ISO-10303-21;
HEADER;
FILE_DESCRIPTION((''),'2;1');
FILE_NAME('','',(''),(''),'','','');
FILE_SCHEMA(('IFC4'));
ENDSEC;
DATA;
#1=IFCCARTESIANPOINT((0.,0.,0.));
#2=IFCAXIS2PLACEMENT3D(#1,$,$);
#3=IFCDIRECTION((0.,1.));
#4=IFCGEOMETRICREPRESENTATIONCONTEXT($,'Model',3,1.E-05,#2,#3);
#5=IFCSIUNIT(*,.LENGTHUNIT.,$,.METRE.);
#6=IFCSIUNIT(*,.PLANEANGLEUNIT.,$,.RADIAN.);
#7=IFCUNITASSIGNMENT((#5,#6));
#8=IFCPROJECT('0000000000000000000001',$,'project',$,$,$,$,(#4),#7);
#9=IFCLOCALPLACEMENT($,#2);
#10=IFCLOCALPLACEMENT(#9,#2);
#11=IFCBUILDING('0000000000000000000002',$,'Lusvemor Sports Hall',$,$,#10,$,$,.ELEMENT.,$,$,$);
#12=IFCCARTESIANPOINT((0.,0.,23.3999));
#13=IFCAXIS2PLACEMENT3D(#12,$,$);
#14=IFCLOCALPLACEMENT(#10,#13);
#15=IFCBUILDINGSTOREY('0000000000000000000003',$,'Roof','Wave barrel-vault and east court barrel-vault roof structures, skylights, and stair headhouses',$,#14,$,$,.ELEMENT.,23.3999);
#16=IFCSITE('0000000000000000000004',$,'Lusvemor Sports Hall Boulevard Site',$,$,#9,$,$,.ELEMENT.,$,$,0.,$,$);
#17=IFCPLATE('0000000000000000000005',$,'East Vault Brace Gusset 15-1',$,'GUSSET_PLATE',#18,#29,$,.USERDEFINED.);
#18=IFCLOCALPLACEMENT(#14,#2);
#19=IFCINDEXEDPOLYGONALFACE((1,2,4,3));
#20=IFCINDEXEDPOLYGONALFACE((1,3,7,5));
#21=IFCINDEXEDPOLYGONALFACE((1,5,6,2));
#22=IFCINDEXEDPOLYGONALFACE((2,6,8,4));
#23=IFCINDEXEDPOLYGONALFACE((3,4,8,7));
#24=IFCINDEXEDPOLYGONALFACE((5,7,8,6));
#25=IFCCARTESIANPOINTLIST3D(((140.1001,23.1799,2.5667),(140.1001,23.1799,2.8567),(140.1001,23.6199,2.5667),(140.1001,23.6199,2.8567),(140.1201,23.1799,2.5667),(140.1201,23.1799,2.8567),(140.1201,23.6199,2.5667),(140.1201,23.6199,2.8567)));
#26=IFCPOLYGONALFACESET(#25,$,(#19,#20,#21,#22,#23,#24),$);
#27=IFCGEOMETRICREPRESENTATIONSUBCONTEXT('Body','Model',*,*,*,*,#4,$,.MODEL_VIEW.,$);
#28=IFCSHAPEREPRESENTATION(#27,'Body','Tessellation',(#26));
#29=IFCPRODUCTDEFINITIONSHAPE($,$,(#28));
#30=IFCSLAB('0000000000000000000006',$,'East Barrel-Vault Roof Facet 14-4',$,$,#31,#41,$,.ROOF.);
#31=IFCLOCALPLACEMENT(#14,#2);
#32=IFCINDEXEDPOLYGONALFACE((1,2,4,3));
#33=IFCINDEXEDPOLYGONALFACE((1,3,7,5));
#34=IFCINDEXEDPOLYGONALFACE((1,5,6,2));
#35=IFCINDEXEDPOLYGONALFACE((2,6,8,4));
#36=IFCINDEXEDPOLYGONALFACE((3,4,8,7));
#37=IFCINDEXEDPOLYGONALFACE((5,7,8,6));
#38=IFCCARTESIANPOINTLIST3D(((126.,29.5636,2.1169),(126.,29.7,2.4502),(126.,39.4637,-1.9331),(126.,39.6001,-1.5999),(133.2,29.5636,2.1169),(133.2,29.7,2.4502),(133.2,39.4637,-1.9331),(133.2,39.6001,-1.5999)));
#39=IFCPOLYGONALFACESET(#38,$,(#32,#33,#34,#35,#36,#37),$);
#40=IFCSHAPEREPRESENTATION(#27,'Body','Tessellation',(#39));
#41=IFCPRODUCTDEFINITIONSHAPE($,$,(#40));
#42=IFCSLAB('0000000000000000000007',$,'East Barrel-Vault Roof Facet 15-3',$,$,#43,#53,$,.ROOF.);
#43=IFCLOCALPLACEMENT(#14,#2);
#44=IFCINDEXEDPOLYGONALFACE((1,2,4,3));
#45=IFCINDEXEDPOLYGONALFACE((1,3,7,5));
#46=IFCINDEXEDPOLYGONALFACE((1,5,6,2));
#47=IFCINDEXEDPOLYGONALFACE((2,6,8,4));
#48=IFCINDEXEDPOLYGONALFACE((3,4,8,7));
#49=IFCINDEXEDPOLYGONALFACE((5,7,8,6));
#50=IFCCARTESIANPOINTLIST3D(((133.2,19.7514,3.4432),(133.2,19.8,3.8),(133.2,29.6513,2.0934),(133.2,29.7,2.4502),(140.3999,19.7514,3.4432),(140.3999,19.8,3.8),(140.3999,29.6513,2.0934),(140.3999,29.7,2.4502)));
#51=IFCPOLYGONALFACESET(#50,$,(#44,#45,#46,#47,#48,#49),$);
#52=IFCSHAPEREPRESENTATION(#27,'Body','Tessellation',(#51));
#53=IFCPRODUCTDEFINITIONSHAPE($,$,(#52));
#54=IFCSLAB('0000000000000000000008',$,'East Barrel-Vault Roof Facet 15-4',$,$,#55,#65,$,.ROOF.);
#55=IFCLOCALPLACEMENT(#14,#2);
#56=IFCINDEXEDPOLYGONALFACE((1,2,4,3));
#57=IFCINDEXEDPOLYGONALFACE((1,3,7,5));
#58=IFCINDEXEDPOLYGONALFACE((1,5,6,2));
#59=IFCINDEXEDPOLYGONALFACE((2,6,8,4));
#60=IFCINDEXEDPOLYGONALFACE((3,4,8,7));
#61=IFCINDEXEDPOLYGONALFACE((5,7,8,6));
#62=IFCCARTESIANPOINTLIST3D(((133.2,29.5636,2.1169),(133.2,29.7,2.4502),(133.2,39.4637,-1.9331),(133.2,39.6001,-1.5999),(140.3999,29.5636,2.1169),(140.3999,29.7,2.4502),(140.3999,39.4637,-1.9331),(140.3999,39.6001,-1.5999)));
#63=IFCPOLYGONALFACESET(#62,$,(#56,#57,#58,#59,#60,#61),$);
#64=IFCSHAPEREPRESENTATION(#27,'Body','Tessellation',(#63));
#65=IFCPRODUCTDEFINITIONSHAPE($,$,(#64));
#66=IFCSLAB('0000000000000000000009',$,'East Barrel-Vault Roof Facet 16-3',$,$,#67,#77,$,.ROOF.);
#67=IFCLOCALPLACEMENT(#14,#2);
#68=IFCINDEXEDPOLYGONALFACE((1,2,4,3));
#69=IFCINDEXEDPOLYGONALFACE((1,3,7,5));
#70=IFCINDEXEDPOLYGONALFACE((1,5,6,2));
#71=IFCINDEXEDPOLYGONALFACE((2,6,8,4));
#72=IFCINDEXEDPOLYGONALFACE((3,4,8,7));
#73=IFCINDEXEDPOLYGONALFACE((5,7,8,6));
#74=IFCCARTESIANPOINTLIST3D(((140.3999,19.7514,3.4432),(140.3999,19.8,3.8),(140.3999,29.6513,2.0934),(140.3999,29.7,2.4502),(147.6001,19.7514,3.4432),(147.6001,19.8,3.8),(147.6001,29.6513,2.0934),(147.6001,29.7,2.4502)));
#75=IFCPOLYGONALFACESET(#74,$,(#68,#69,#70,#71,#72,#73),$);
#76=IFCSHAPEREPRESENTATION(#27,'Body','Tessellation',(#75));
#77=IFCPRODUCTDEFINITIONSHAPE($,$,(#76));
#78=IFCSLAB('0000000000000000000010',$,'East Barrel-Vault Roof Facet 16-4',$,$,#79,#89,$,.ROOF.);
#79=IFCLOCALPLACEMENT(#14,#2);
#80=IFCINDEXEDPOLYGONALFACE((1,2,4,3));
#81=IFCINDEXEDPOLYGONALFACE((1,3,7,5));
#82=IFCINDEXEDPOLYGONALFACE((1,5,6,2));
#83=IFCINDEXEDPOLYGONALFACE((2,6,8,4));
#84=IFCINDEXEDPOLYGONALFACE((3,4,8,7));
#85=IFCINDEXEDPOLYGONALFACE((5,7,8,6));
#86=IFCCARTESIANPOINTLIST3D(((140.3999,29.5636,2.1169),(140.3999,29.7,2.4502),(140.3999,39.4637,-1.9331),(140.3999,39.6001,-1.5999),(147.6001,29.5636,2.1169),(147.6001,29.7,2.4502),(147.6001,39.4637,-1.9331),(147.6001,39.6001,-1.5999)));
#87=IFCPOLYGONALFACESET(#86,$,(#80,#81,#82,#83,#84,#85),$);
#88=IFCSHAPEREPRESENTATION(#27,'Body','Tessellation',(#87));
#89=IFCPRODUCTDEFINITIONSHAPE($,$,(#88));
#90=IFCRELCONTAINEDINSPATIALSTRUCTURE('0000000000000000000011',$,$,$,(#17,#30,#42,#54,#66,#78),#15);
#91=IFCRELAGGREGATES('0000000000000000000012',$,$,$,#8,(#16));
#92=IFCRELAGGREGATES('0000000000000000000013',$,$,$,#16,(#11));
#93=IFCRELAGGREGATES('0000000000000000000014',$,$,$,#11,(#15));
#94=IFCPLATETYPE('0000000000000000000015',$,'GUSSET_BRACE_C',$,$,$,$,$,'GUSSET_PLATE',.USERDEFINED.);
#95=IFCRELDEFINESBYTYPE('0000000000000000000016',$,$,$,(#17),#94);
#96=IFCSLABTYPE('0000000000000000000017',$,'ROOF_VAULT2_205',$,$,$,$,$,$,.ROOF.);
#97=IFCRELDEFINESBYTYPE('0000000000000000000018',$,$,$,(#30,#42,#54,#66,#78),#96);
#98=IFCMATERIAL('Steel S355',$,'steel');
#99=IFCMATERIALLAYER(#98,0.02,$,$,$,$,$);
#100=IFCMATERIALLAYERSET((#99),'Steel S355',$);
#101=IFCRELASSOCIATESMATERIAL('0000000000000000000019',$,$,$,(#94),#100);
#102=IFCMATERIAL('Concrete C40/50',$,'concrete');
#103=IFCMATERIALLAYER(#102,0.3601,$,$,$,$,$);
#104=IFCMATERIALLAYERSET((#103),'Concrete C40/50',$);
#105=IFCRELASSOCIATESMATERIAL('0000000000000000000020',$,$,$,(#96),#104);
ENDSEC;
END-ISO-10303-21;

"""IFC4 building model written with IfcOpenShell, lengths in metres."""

from ifc_helpers import new_model, si_unit, direction, frame, origin, origin_2d, place, context, subcontext, project, spatial, polyline, rectangle, outline, extrude, material, layer, layer_set, type_object, element, save


model = new_model("IFC4")

# Units and contexts
model_context = context("Model", 3, precision=1e-05, world=origin(), true_north=direction((0.0, 1.0)))
body_context = subcontext(model_context, "Body", "Model", "MODEL_VIEW")
ifc_project = project(units=[si_unit("LENGTHUNIT", "METRE"), si_unit("PLANEANGLEUNIT", "RADIAN")], contexts=[model_context])

# Site, building, storey
site_placement = place(None, origin())
site = spatial("IfcSite", under=ifc_project, at=site_placement, Name="Lusvemor Sports Hall Boulevard Site", CompositionType="ELEMENT", RefElevation=0.0)
building_placement = place(site_placement, origin())
building = spatial("IfcBuilding", under=site, at=building_placement, Name="Lusvemor Sports Hall", CompositionType="ELEMENT")
storey_placement = place(building_placement, frame((0.0, 0.0, 23.3999)))
storey = spatial("IfcBuildingStorey", under=building, at=storey_placement, Name="Roof", Description="Wave barrel-vault and east court barrel-vault roof structures, skylights, and stair headhouses", CompositionType="ELEMENT", Elevation=23.3999)

# Plate
ifc_material_1 = material(Name="Steel S355", Category="steel")
ifc_layer_1 = layer(ifc_material_1, 0.02)
ifc_layer_set_1 = layer_set([ifc_layer_1], Name="Steel S355")
plate_type_1 = type_object("IfcPlateType", Name="GUSSET_BRACE_C", ElementType="GUSSET_PLATE", PredefinedType="USERDEFINED", material=ifc_layer_set_1)
plate_placement = place(storey_placement, frame((140.1101, 23.3999, 2.5667), z_axis=(0.0, 0.0, 1.0), x_axis=(1.0, 0.0, 0.0)))
element("IfcPlate", 1, at=plate_placement, inside=storey, type_object=plate_type_1, Name="East Vault Brace Gusset 15-1", ObjectType="GUSSET_PLATE", PredefinedType="USERDEFINED", context=body_context, shape_type="SweptSolid", body=[
    extrude(rectangle(XDim=0.02, YDim=0.4399, at=origin_2d()), origin(), (0.0, 0.0, 1.0), 0.29),
])

# Slabs
ifc_material_2 = material(Name="Concrete C40/50", Category="concrete")
ifc_layer_2 = layer(ifc_material_2, 0.3601)
ifc_layer_set_2 = layer_set([ifc_layer_2], Name="Concrete C40/50")
slab_type = type_object("IfcSlabType", Name="ROOF_VAULT2_205", PredefinedType="ROOF", material=ifc_layer_set_2)
slab_1_placement = place(storey_placement, frame((126.0, 29.7, 2.4502), z_axis=(0.0, 0.378632, 0.925547), x_axis=(1.0, 0.0, 0.0)))
element("IfcSlab", 2, at=slab_1_placement, inside=storey, type_object=slab_type, Name="East Barrel-Vault Roof Facet 14-4", PredefinedType="ROOF", context=body_context, shape_type="SweptSolid", body=[
    extrude(outline(polyline([(0.0, 0.0), (7.2, 0.0), (7.2, 10.6965), (0.0, 10.6965), (0.0, 0.0)])), origin(), (0.0, 0.0, -1.0), 0.3601),
])
slab_2_placement = place(storey_placement, frame((133.2, 19.8, 3.8), z_axis=(0.0, 0.1351, 0.990832), x_axis=(1.0, 0.0, 0.0)))
element("IfcSlab", 3, at=slab_2_placement, inside=storey, type_object=slab_type, Name="East Barrel-Vault Roof Facet 15-3", PredefinedType="ROOF", context=body_context, shape_type="SweptSolid", body=[
    extrude(outline(polyline([(0.0, 0.0), (7.2, 0.0), (7.2, 9.9915), (0.0, 9.9915), (0.0, 0.0)])), origin(), (0.0, 0.0, -1.0), 0.3601),
])
slab_3_placement = place(storey_placement, frame((133.2, 29.7, 2.4502), z_axis=(0.0, 0.378632, 0.925547), x_axis=(1.0, 0.0, 0.0)))
element("IfcSlab", 4, at=slab_3_placement, inside=storey, type_object=slab_type, Name="East Barrel-Vault Roof Facet 15-4", PredefinedType="ROOF", context=body_context, shape_type="SweptSolid", body=[
    extrude(outline(polyline([(0.0, 0.0), (7.2, 0.0), (7.2, 10.6965), (0.0, 10.6965), (0.0, 0.0)])), origin(), (0.0, 0.0, -1.0), 0.3601),
])
slab_4_placement = place(storey_placement, frame((140.3999, 19.8, 3.8), z_axis=(0.0, 0.1351, 0.990832), x_axis=(1.0, 0.0, 0.0)))
element("IfcSlab", 5, at=slab_4_placement, inside=storey, type_object=slab_type, Name="East Barrel-Vault Roof Facet 16-3", PredefinedType="ROOF", context=body_context, shape_type="SweptSolid", body=[
    extrude(outline(polyline([(0.0, 0.0), (7.2002, 0.0), (7.2002, 9.9915), (0.0, 9.9915), (0.0, 0.0)])), origin(), (0.0, 0.0, -1.0), 0.3601),
])
slab_5_placement = place(storey_placement, frame((140.3999, 29.7, 2.4502), z_axis=(0.0, 0.378632, 0.925547), x_axis=(1.0, 0.0, 0.0)))
element("IfcSlab", 6, at=slab_5_placement, inside=storey, type_object=slab_type, Name="East Barrel-Vault Roof Facet 16-4", PredefinedType="ROOF", context=body_context, shape_type="SweptSolid", body=[
    extrude(outline(polyline([(0.0, 0.0), (7.2002, 0.0), (7.2002, 10.6965), (0.0, 10.6965), (0.0, 0.0)])), origin(), (0.0, 0.0, -1.0), 0.3601),
])

save(model, "model.ifc")
